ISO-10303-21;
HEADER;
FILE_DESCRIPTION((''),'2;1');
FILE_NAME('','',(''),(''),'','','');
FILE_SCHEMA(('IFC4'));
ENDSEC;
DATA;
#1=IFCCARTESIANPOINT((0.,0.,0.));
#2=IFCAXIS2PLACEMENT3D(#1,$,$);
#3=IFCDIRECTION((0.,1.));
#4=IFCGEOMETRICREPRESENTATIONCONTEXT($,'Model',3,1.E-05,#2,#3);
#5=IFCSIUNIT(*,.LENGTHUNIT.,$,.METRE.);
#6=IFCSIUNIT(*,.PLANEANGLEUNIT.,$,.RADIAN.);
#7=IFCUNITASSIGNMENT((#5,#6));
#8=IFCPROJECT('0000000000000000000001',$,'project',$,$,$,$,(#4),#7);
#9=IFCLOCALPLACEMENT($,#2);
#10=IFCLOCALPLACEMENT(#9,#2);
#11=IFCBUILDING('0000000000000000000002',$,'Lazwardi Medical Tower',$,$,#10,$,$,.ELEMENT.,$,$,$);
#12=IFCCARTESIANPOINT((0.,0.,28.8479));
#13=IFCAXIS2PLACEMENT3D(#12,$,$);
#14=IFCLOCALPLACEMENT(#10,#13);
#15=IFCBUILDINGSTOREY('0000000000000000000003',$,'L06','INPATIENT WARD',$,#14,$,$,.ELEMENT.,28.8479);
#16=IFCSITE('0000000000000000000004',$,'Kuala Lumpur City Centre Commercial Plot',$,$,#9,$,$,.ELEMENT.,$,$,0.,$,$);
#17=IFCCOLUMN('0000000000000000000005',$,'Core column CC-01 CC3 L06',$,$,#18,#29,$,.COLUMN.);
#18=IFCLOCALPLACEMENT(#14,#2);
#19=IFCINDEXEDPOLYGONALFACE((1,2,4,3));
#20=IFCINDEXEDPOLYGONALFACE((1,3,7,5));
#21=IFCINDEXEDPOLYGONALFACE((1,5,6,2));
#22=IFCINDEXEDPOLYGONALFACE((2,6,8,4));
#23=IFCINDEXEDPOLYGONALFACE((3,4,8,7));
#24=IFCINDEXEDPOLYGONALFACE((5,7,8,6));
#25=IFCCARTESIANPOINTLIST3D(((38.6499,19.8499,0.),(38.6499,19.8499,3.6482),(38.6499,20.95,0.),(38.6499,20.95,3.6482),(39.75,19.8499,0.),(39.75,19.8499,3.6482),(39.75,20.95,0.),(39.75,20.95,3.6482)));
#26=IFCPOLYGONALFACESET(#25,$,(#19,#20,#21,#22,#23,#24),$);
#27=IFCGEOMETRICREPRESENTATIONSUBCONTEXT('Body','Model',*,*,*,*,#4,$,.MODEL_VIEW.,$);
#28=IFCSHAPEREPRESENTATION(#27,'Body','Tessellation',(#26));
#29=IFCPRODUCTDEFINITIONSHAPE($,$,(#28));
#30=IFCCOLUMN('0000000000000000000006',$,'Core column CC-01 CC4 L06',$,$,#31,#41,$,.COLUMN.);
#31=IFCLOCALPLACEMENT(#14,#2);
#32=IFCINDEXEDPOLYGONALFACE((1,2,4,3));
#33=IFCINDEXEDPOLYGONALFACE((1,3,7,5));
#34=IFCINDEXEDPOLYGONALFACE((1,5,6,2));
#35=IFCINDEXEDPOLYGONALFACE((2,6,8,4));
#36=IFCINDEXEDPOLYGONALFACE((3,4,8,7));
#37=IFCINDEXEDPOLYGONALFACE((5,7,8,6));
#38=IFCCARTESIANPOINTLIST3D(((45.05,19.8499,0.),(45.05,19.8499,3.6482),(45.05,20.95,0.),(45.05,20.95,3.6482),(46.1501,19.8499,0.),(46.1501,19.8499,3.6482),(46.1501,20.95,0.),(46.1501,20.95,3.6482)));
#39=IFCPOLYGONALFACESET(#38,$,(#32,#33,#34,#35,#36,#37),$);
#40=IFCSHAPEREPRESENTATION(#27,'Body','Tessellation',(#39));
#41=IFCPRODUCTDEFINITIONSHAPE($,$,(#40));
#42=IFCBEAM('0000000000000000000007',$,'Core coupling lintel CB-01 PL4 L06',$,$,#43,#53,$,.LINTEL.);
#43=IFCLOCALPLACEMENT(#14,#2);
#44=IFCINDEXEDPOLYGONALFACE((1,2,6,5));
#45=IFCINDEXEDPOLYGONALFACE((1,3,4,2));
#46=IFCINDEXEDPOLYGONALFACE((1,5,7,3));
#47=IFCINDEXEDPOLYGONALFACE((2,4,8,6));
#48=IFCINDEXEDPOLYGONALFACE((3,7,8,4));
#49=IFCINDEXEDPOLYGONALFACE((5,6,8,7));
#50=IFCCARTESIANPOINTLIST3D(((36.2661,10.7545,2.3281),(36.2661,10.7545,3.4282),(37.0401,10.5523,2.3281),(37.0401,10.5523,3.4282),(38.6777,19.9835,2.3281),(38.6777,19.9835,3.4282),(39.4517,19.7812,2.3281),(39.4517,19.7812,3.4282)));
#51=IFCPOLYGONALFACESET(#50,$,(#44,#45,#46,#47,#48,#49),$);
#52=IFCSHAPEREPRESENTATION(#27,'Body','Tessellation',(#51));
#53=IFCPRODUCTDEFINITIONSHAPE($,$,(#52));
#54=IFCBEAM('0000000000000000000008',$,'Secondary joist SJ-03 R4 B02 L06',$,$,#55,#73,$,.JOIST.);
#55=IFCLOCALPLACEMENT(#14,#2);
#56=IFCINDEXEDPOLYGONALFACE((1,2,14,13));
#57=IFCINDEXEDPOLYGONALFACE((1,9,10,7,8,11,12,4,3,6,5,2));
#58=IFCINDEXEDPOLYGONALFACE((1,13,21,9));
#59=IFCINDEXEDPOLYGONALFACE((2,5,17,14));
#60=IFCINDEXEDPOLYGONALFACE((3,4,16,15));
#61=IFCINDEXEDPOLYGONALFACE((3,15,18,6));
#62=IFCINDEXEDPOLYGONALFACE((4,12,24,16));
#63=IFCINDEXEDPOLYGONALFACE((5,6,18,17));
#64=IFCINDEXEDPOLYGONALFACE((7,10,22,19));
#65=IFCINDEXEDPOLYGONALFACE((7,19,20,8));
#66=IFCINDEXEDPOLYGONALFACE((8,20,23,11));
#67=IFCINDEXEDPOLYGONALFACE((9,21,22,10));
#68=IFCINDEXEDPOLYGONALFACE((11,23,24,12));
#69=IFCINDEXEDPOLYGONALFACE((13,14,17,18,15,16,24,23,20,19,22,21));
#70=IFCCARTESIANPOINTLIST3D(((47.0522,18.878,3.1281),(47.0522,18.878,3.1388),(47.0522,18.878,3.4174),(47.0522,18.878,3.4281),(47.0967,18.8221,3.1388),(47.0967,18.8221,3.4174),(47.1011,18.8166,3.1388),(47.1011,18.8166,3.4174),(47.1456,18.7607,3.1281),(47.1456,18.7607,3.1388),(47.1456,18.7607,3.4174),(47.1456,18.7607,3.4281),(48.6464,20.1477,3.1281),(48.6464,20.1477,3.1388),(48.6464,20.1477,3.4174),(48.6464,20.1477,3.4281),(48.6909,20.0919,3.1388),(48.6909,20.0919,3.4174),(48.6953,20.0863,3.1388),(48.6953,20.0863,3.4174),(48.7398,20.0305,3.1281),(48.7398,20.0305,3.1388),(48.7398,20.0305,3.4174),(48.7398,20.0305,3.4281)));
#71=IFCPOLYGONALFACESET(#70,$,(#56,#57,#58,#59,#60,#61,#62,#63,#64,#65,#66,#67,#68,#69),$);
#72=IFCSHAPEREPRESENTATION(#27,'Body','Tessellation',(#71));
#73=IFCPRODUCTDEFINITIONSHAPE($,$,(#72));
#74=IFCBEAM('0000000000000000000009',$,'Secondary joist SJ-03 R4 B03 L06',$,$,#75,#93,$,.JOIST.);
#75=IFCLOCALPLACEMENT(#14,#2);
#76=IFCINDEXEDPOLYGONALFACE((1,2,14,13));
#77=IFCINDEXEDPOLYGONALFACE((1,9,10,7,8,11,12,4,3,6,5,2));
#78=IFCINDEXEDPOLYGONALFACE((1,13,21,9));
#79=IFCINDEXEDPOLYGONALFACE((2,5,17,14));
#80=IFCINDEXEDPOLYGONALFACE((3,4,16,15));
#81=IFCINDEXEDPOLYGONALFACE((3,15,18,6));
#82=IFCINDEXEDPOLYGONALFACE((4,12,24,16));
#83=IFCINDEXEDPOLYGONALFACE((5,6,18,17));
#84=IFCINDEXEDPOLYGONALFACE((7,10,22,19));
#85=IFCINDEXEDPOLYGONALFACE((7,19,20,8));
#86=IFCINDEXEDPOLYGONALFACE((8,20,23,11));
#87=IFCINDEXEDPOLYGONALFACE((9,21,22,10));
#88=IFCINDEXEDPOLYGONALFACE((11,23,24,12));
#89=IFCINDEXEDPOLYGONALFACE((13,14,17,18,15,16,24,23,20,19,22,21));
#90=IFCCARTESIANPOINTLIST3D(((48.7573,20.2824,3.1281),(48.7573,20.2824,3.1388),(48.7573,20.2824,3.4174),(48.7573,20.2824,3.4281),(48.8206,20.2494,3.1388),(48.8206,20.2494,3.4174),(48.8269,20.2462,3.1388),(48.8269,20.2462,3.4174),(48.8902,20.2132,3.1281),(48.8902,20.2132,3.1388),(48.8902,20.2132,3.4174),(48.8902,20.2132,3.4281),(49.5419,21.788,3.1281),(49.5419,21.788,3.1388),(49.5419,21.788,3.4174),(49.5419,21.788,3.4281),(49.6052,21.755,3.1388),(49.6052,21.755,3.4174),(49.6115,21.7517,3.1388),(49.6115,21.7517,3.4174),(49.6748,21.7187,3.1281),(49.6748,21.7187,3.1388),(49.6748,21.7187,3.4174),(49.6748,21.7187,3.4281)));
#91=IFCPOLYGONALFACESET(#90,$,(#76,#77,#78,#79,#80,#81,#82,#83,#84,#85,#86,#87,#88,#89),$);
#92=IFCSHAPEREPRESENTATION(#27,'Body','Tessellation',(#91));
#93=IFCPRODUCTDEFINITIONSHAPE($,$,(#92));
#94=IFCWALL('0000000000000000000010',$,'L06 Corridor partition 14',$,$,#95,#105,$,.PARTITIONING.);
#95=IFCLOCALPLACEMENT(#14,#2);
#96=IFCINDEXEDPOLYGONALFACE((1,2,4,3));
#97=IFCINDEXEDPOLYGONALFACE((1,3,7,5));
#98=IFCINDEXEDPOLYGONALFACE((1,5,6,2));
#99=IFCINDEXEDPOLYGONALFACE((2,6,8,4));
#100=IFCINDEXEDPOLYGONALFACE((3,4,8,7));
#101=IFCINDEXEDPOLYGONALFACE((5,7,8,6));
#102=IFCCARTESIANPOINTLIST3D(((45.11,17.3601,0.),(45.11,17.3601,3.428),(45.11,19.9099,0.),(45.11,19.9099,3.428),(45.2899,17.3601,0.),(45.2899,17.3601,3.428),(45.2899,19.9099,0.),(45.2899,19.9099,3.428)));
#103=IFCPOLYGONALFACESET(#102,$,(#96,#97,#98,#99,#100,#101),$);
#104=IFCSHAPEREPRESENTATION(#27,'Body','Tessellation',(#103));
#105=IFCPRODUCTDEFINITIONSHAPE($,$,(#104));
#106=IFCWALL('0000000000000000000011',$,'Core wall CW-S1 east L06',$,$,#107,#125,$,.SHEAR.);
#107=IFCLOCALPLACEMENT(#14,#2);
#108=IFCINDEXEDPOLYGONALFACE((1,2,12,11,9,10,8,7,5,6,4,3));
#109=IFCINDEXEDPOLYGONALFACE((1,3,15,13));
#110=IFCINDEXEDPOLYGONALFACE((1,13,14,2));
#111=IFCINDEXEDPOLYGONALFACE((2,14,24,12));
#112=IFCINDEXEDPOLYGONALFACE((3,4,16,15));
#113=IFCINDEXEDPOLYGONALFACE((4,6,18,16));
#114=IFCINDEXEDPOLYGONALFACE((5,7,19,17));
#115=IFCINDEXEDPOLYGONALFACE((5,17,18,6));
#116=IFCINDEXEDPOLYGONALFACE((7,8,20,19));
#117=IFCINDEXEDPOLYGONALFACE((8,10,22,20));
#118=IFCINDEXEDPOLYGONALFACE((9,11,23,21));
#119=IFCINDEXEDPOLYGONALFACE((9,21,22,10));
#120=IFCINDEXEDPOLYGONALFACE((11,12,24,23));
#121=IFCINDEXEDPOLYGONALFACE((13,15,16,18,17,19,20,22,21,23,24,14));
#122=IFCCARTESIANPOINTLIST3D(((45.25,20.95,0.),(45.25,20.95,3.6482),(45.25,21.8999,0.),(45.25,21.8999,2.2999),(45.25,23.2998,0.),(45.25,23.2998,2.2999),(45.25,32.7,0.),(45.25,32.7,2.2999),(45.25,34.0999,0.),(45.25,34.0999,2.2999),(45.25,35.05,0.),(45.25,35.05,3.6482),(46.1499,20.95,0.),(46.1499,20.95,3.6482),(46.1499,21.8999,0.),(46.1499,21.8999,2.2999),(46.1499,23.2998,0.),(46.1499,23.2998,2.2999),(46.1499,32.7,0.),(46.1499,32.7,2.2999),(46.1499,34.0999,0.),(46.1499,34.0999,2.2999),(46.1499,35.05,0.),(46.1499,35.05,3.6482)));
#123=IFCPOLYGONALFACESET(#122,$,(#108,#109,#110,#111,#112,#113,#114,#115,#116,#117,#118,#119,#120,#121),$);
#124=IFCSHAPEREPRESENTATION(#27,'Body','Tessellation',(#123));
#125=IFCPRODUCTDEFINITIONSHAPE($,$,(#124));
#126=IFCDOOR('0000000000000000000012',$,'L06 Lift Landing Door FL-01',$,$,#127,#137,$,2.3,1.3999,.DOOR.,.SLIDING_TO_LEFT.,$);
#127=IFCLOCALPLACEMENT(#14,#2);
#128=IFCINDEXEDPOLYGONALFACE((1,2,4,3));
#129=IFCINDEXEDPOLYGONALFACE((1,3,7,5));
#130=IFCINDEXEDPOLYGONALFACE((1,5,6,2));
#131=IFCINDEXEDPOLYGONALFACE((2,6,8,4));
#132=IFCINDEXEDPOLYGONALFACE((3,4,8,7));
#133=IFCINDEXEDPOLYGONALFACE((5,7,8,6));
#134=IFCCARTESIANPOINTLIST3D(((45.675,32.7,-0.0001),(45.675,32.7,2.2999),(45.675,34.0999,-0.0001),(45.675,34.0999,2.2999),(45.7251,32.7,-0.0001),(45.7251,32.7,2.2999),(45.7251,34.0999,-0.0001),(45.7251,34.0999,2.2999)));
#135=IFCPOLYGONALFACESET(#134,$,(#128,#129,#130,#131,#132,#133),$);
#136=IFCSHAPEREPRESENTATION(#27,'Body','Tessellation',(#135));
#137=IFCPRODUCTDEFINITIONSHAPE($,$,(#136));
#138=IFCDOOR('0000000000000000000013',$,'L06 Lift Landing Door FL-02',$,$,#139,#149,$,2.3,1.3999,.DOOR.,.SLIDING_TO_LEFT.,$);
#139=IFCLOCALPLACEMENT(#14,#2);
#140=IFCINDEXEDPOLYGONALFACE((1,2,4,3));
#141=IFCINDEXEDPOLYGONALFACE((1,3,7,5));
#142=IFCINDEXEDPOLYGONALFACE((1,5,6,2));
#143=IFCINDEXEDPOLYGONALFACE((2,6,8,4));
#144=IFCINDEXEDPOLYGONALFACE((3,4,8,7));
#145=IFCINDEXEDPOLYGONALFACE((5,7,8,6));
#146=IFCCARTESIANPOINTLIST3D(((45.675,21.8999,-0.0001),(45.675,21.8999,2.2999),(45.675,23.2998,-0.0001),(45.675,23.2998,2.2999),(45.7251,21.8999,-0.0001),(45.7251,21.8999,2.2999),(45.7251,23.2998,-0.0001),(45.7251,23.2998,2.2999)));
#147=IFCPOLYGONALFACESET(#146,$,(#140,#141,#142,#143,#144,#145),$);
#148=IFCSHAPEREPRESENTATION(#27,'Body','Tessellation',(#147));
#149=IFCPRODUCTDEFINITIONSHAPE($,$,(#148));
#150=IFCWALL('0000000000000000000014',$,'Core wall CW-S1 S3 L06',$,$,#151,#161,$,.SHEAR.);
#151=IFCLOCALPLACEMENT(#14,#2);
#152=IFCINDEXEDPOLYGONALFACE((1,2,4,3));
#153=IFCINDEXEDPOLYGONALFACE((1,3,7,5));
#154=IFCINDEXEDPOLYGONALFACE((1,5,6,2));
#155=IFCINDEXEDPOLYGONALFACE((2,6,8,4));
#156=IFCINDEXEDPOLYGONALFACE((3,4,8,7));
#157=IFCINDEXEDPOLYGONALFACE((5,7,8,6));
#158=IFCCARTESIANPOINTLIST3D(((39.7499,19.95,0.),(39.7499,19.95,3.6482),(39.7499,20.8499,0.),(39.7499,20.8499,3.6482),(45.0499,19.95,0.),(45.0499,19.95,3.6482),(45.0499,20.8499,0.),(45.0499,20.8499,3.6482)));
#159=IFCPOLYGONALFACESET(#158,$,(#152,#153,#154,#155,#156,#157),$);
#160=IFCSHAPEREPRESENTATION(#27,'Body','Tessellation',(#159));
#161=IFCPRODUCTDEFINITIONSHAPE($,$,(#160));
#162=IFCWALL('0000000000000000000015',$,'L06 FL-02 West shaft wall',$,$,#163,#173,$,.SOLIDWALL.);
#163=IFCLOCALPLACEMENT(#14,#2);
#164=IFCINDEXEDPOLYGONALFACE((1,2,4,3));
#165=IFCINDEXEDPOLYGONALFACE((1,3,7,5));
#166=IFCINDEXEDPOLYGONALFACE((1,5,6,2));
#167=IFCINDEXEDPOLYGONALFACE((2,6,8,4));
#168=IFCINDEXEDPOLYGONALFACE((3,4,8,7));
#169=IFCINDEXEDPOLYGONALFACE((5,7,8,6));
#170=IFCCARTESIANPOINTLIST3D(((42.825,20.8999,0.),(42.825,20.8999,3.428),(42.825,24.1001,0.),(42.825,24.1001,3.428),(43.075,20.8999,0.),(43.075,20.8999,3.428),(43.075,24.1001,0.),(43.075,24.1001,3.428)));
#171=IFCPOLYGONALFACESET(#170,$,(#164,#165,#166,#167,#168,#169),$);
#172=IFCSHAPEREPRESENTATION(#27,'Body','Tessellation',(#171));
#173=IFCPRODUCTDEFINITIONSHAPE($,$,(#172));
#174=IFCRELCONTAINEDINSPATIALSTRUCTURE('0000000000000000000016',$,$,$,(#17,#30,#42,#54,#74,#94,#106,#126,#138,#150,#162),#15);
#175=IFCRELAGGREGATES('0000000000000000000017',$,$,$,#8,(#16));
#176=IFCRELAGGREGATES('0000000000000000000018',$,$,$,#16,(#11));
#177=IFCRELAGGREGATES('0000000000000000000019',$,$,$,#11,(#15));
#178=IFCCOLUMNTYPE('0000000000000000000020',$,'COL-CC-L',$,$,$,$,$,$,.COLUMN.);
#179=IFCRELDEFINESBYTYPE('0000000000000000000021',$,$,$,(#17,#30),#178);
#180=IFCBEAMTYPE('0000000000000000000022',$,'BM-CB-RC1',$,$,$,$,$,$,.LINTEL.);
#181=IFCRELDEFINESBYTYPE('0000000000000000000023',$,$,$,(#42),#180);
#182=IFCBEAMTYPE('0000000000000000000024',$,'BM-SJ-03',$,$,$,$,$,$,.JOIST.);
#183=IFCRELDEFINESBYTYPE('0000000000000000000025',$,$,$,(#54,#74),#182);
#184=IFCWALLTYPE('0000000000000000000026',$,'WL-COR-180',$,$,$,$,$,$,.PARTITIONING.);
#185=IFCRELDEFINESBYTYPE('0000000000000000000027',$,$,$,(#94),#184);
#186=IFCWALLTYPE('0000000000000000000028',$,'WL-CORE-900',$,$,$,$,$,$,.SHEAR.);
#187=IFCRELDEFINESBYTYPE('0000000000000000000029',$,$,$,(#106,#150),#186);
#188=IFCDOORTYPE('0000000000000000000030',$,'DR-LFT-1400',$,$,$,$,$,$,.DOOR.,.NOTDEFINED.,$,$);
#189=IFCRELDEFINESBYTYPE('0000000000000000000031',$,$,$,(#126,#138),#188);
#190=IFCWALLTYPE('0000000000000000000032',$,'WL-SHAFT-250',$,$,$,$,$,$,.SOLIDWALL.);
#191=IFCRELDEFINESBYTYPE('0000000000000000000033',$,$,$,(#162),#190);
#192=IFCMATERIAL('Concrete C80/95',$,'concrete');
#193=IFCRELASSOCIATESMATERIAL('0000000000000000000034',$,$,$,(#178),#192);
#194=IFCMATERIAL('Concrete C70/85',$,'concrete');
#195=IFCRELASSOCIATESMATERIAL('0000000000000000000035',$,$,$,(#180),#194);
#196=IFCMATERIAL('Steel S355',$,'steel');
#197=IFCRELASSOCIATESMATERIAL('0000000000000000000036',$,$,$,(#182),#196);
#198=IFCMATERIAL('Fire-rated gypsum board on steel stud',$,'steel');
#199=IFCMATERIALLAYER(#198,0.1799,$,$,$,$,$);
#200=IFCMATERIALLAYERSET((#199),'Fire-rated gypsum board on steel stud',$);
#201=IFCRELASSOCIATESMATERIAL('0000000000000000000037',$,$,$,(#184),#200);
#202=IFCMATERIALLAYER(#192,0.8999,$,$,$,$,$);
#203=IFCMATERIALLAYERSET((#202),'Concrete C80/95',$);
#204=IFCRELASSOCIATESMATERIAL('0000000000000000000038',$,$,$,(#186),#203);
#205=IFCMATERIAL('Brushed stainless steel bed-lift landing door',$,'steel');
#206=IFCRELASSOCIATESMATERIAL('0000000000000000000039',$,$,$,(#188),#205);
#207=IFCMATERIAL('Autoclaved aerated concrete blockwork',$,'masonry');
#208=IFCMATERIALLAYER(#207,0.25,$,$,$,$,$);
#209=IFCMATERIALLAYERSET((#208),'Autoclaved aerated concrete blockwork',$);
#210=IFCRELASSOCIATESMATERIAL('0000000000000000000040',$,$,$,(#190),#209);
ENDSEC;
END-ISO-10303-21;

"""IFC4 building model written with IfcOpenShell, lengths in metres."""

from ifc_helpers import new_model, si_unit, direction, frame, frame_2d, origin, origin_2d, place, context, subcontext, project, spatial, rectangle, i_section, extrude, material, layer, layer_set, material_profile, profile_set, type_object, element, fill, save


model = new_model("IFC4")

# Units and contexts
model_context = context("Model", 3, precision=1e-05, world=origin(), true_north=direction((0.0, 1.0)))
body_context = subcontext(model_context, "Body", "Model", "MODEL_VIEW")
ifc_project = project(units=[si_unit("LENGTHUNIT", "METRE"), si_unit("PLANEANGLEUNIT", "RADIAN")], contexts=[model_context])

# Site, building, storey
site_placement = place(None, origin())
site = spatial("IfcSite", under=ifc_project, at=site_placement, Name="Kuala Lumpur City Centre Commercial Plot", CompositionType="ELEMENT", RefElevation=0.0)
building_placement = place(site_placement, origin())
building = spatial("IfcBuilding", under=site, at=building_placement, Name="Lazwardi Medical Tower", CompositionType="ELEMENT")
storey_placement = place(building_placement, frame((0.0, 0.0, 28.8479)))
storey = spatial("IfcBuildingStorey", under=building, at=storey_placement, Name="L06", Description="INPATIENT WARD", CompositionType="ELEMENT", Elevation=28.8479)

# Columns
ifc_material_1 = material(Name="Concrete C80/95", Category="concrete")
ifc_material_profile_1 = material_profile(ifc_material_1, rectangle(XDim=1.1001, YDim=1.1001, at=origin_2d()), Name="RC 1100x1100")
ifc_profile_set_1 = profile_set([ifc_material_profile_1], Name="Concrete C80/95")
column_type = type_object("IfcColumnType", Name="COL-CC-L", PredefinedType="COLUMN", material=ifc_profile_set_1)
for number, where, z_axis, x_axis, name in (
    (1, (39.2, 20.3999, 0.0), (0.0, 0.0, 1.0), (1.0, 0.0, 0.0), "Core column CC-01 CC3 L06"),
    (2, (45.6001, 20.3999, 0.0), (0.0, 0.0, 1.0), (1.0, 0.0, 0.0), "Core column CC-01 CC4 L06"),
):
    element("IfcColumn", number, at=place(storey_placement, frame(where, z_axis=z_axis, x_axis=x_axis)), inside=storey, type_object=column_type, Name=name, PredefinedType="COLUMN", context=body_context, shape_type="SweptSolid", body=[
        extrude(rectangle(XDim=1.1001, YDim=1.1001, at=origin_2d()), origin(), (0.0, 0.0, 1.0), 3.6482),
    ])

# Beams
ifc_material_2 = material(Name="Concrete C70/85", Category="concrete")
ifc_material_profile_2 = material_profile(ifc_material_2, rectangle(XDim=0.8, YDim=1.1001, at=origin_2d()), Name="RC 800x1100")
ifc_profile_set_2 = profile_set([ifc_material_profile_2], Name="Concrete C70/85")
beam_type_1 = type_object("IfcBeamType", Name="BM-CB-RC1", PredefinedType="LINTEL", material=ifc_profile_set_2)
beam_1_placement = place(storey_placement, frame((39.0647, 19.8823, 2.8782), z_axis=(-0.25282, -0.967513, 0.0), x_axis=(0.967513, -0.25282, 0.0)))
element("IfcBeam", 3, at=beam_1_placement, inside=storey, type_object=beam_type_1, Name="Core coupling lintel CB-01 PL4 L06", PredefinedType="LINTEL", context=body_context, shape_type="SweptSolid", body=[
    extrude(rectangle(XDim=0.8, YDim=1.1001, at=origin_2d()), origin(), (0.0, 0.0, 1.0), 9.5388),
])
ifc_material_3 = material(Name="Steel S355", Category="steel")
ifc_material_profile_3 = material_profile(ifc_material_3, i_section(OverallWidth=0.1499, OverallDepth=0.3, WebThickness=0.0071, FlangeThickness=0.0107, at=origin_2d()), Name="IPE 300")
ifc_profile_set_3 = profile_set([ifc_material_profile_3], Name="Steel S355")
beam_type_2 = type_object("IfcBeamType", Name="BM-SJ-03", PredefinedType="JOIST", material=ifc_profile_set_3)
beam_2_placement = place(storey_placement, frame((47.0989, 18.8193, 3.2781), z_axis=(0.782211, 0.623014, 0.0), x_axis=(-0.623014, 0.782211, 0.0)))
element("IfcBeam", 4, at=beam_2_placement, inside=storey, type_object=beam_type_2, Name="Secondary joist SJ-03 R4 B02 L06", PredefinedType="JOIST", context=body_context, shape_type="SweptSolid", body=[
    extrude(i_section(OverallWidth=0.1499, OverallDepth=0.3, WebThickness=0.0071, FlangeThickness=0.0107, at=origin_2d()), origin(), (0.0, 0.0, 1.0), 2.0381),
])
beam_3_placement = place(storey_placement, frame((48.8237, 20.2478, 3.2781), z_axis=(0.462163, 0.886795, 0.0), x_axis=(-0.886795, 0.462163, 0.0)))
element("IfcBeam", 5, at=beam_3_placement, inside=storey, type_object=beam_type_2, Name="Secondary joist SJ-03 R4 B03 L06", PredefinedType="JOIST", context=body_context, shape_type="SweptSolid", body=[
    extrude(i_section(OverallWidth=0.1499, OverallDepth=0.3, WebThickness=0.0071, FlangeThickness=0.0107, at=origin_2d()), origin(), (0.0, 0.0, 1.0), 1.6978),
])

# Wall
ifc_material_4 = material(Name="Fire-rated gypsum board on steel stud", Category="steel")
ifc_layer_1 = layer(ifc_material_4, 0.1799)
ifc_layer_set_1 = layer_set([ifc_layer_1], Name="Fire-rated gypsum board on steel stud")
wall_type_1 = type_object("IfcWallType", Name="WL-COR-180", PredefinedType="PARTITIONING", material=ifc_layer_set_1)
wall_1_placement = place(storey_placement, frame((45.2, 19.9099, 0.0), z_axis=(0.0, 0.0, 1.0), x_axis=(0.0, -1.0, 0.0)))
element("IfcWall", 6, at=wall_1_placement, inside=storey, type_object=wall_type_1, Name="L06 Corridor partition 14", PredefinedType="PARTITIONING", context=body_context, shape_type="SweptSolid", body=[
    extrude(rectangle(XDim=2.5498, YDim=0.1799, at=frame_2d((1.2749, 0.0))), origin(), (0.0, 0.0, 1.0), 3.428),
])

# Wall, openings, doors
ifc_layer_2 = layer(ifc_material_1, 0.8999)
ifc_layer_set_2 = layer_set([ifc_layer_2], Name="Concrete C80/95")
wall_type_2 = type_object("IfcWallType", Name="WL-CORE-900", PredefinedType="SHEAR", material=ifc_layer_set_2)
wall_2_placement = place(storey_placement, frame((45.7, 20.95, 0.0), z_axis=(0.0, 0.0, 1.0), x_axis=(0.0, 1.0, 0.0)))
wall_2 = element("IfcWall", 7, at=wall_2_placement, inside=storey, type_object=wall_type_2, Name="Core wall CW-S1 east L06", PredefinedType="SHEAR", context=body_context, shape_type="SweptSolid", body=[
    extrude(rectangle(XDim=14.1001, YDim=0.8999, at=frame_2d((7.05, 0.0))), origin(), (0.0, 0.0, 1.0), 3.6482),
])
opening_1_placement = place(wall_2_placement, frame((11.75, 0.0, 0.0)))
opening_1 = element("IfcOpeningElement", 8, at=opening_1_placement, cuts=wall_2, PredefinedType="OPENING", context=body_context, shape_type="SweptSolid", body=[
    extrude(rectangle(XDim=1.3999, YDim=2.3, at=frame_2d((0.7, 1.1499))), frame((0.0, 0.46, 0.0), z_axis=(0.0, -1.0, 0.0), x_axis=(1.0, 0.0, 0.0)), (0.0, 0.0, 1.0), 0.9199),
])
opening_2_placement = place(wall_2_placement, frame((0.95, 0.0, 0.0)))
opening_2 = element("IfcOpeningElement", 9, at=opening_2_placement, cuts=wall_2, PredefinedType="OPENING", context=body_context, shape_type="SweptSolid", body=[
    extrude(rectangle(XDim=1.3999, YDim=2.3, at=frame_2d((0.7, 1.1499))), frame((0.0, 0.46, 0.0), z_axis=(0.0, -1.0, 0.0), x_axis=(1.0, 0.0, 0.0)), (0.0, 0.0, 1.0), 0.9199),
])
ifc_material_5 = material(Name="Brushed stainless steel bed-lift landing door", Category="steel")
door_type = type_object("IfcDoorType", Name="DR-LFT-1400", OperationType="NOTDEFINED", PredefinedType="DOOR", material=ifc_material_5)
door_1_placement = place(opening_1_placement, origin())
door_1 = element("IfcDoor", 10, at=door_1_placement, inside=storey, type_object=door_type, Name="L06 Lift Landing Door FL-01", OperationType="SLIDING_TO_LEFT", OverallHeight=2.3, OverallWidth=1.3999, PredefinedType="DOOR", context=body_context, shape_type="SweptSolid", body=[
    extrude(rectangle(XDim=1.3999, YDim=2.3, at=frame_2d((0.7, 1.1499))), frame((0.0, 0.0249, 0.0), z_axis=(0.0, -1.0, 0.0), x_axis=(1.0, 0.0, 0.0)), (0.0, 0.0, 1.0), 0.05),
])
fill(opening_1, door_1)
door_2_placement = place(opening_2_placement, origin())
door_2 = element("IfcDoor", 11, at=door_2_placement, inside=storey, type_object=door_type, Name="L06 Lift Landing Door FL-02", OperationType="SLIDING_TO_LEFT", OverallHeight=2.3, OverallWidth=1.3999, PredefinedType="DOOR", context=body_context, shape_type="SweptSolid", body=[
    extrude(rectangle(XDim=1.3999, YDim=2.3, at=frame_2d((0.7, 1.1499))), frame((0.0, 0.0249, 0.0), z_axis=(0.0, -1.0, 0.0), x_axis=(1.0, 0.0, 0.0)), (0.0, 0.0, 1.0), 0.05),
])
fill(opening_2, door_2)

# Walls
wall_3_placement = place(storey_placement, frame((39.75, 20.3999, 0.0), z_axis=(0.0, 0.0, 1.0), x_axis=(1.0, 0.0, 0.0)))
element("IfcWall", 12, at=wall_3_placement, inside=storey, type_object=wall_type_2, Name="Core wall CW-S1 S3 L06", PredefinedType="SHEAR", context=body_context, shape_type="SweptSolid", body=[
    extrude(rectangle(XDim=5.3, YDim=0.8999, at=frame_2d((2.6499, 0.0))), origin(), (0.0, 0.0, 1.0), 3.6482),
])
ifc_material_6 = material(Name="Autoclaved aerated concrete blockwork", Category="masonry")
ifc_layer_3 = layer(ifc_material_6, 0.25)
ifc_layer_set_3 = layer_set([ifc_layer_3], Name="Autoclaved aerated concrete blockwork")
wall_type_3 = type_object("IfcWallType", Name="WL-SHAFT-250", PredefinedType="SOLIDWALL", material=ifc_layer_set_3)
wall_4_placement = place(storey_placement, frame((42.95, 20.8999, 0.0), z_axis=(0.0, 0.0, 1.0), x_axis=(0.0, 1.0, 0.0)))
element("IfcWall", 13, at=wall_4_placement, inside=storey, type_object=wall_type_3, Name="L06 FL-02 West shaft wall", PredefinedType="SOLIDWALL", context=body_context, shape_type="SweptSolid", body=[
    extrude(rectangle(XDim=3.2002, YDim=0.25, at=frame_2d((1.6001, 0.0))), origin(), (0.0, 0.0, 1.0), 3.428),
])

save(model, "model.ifc")
